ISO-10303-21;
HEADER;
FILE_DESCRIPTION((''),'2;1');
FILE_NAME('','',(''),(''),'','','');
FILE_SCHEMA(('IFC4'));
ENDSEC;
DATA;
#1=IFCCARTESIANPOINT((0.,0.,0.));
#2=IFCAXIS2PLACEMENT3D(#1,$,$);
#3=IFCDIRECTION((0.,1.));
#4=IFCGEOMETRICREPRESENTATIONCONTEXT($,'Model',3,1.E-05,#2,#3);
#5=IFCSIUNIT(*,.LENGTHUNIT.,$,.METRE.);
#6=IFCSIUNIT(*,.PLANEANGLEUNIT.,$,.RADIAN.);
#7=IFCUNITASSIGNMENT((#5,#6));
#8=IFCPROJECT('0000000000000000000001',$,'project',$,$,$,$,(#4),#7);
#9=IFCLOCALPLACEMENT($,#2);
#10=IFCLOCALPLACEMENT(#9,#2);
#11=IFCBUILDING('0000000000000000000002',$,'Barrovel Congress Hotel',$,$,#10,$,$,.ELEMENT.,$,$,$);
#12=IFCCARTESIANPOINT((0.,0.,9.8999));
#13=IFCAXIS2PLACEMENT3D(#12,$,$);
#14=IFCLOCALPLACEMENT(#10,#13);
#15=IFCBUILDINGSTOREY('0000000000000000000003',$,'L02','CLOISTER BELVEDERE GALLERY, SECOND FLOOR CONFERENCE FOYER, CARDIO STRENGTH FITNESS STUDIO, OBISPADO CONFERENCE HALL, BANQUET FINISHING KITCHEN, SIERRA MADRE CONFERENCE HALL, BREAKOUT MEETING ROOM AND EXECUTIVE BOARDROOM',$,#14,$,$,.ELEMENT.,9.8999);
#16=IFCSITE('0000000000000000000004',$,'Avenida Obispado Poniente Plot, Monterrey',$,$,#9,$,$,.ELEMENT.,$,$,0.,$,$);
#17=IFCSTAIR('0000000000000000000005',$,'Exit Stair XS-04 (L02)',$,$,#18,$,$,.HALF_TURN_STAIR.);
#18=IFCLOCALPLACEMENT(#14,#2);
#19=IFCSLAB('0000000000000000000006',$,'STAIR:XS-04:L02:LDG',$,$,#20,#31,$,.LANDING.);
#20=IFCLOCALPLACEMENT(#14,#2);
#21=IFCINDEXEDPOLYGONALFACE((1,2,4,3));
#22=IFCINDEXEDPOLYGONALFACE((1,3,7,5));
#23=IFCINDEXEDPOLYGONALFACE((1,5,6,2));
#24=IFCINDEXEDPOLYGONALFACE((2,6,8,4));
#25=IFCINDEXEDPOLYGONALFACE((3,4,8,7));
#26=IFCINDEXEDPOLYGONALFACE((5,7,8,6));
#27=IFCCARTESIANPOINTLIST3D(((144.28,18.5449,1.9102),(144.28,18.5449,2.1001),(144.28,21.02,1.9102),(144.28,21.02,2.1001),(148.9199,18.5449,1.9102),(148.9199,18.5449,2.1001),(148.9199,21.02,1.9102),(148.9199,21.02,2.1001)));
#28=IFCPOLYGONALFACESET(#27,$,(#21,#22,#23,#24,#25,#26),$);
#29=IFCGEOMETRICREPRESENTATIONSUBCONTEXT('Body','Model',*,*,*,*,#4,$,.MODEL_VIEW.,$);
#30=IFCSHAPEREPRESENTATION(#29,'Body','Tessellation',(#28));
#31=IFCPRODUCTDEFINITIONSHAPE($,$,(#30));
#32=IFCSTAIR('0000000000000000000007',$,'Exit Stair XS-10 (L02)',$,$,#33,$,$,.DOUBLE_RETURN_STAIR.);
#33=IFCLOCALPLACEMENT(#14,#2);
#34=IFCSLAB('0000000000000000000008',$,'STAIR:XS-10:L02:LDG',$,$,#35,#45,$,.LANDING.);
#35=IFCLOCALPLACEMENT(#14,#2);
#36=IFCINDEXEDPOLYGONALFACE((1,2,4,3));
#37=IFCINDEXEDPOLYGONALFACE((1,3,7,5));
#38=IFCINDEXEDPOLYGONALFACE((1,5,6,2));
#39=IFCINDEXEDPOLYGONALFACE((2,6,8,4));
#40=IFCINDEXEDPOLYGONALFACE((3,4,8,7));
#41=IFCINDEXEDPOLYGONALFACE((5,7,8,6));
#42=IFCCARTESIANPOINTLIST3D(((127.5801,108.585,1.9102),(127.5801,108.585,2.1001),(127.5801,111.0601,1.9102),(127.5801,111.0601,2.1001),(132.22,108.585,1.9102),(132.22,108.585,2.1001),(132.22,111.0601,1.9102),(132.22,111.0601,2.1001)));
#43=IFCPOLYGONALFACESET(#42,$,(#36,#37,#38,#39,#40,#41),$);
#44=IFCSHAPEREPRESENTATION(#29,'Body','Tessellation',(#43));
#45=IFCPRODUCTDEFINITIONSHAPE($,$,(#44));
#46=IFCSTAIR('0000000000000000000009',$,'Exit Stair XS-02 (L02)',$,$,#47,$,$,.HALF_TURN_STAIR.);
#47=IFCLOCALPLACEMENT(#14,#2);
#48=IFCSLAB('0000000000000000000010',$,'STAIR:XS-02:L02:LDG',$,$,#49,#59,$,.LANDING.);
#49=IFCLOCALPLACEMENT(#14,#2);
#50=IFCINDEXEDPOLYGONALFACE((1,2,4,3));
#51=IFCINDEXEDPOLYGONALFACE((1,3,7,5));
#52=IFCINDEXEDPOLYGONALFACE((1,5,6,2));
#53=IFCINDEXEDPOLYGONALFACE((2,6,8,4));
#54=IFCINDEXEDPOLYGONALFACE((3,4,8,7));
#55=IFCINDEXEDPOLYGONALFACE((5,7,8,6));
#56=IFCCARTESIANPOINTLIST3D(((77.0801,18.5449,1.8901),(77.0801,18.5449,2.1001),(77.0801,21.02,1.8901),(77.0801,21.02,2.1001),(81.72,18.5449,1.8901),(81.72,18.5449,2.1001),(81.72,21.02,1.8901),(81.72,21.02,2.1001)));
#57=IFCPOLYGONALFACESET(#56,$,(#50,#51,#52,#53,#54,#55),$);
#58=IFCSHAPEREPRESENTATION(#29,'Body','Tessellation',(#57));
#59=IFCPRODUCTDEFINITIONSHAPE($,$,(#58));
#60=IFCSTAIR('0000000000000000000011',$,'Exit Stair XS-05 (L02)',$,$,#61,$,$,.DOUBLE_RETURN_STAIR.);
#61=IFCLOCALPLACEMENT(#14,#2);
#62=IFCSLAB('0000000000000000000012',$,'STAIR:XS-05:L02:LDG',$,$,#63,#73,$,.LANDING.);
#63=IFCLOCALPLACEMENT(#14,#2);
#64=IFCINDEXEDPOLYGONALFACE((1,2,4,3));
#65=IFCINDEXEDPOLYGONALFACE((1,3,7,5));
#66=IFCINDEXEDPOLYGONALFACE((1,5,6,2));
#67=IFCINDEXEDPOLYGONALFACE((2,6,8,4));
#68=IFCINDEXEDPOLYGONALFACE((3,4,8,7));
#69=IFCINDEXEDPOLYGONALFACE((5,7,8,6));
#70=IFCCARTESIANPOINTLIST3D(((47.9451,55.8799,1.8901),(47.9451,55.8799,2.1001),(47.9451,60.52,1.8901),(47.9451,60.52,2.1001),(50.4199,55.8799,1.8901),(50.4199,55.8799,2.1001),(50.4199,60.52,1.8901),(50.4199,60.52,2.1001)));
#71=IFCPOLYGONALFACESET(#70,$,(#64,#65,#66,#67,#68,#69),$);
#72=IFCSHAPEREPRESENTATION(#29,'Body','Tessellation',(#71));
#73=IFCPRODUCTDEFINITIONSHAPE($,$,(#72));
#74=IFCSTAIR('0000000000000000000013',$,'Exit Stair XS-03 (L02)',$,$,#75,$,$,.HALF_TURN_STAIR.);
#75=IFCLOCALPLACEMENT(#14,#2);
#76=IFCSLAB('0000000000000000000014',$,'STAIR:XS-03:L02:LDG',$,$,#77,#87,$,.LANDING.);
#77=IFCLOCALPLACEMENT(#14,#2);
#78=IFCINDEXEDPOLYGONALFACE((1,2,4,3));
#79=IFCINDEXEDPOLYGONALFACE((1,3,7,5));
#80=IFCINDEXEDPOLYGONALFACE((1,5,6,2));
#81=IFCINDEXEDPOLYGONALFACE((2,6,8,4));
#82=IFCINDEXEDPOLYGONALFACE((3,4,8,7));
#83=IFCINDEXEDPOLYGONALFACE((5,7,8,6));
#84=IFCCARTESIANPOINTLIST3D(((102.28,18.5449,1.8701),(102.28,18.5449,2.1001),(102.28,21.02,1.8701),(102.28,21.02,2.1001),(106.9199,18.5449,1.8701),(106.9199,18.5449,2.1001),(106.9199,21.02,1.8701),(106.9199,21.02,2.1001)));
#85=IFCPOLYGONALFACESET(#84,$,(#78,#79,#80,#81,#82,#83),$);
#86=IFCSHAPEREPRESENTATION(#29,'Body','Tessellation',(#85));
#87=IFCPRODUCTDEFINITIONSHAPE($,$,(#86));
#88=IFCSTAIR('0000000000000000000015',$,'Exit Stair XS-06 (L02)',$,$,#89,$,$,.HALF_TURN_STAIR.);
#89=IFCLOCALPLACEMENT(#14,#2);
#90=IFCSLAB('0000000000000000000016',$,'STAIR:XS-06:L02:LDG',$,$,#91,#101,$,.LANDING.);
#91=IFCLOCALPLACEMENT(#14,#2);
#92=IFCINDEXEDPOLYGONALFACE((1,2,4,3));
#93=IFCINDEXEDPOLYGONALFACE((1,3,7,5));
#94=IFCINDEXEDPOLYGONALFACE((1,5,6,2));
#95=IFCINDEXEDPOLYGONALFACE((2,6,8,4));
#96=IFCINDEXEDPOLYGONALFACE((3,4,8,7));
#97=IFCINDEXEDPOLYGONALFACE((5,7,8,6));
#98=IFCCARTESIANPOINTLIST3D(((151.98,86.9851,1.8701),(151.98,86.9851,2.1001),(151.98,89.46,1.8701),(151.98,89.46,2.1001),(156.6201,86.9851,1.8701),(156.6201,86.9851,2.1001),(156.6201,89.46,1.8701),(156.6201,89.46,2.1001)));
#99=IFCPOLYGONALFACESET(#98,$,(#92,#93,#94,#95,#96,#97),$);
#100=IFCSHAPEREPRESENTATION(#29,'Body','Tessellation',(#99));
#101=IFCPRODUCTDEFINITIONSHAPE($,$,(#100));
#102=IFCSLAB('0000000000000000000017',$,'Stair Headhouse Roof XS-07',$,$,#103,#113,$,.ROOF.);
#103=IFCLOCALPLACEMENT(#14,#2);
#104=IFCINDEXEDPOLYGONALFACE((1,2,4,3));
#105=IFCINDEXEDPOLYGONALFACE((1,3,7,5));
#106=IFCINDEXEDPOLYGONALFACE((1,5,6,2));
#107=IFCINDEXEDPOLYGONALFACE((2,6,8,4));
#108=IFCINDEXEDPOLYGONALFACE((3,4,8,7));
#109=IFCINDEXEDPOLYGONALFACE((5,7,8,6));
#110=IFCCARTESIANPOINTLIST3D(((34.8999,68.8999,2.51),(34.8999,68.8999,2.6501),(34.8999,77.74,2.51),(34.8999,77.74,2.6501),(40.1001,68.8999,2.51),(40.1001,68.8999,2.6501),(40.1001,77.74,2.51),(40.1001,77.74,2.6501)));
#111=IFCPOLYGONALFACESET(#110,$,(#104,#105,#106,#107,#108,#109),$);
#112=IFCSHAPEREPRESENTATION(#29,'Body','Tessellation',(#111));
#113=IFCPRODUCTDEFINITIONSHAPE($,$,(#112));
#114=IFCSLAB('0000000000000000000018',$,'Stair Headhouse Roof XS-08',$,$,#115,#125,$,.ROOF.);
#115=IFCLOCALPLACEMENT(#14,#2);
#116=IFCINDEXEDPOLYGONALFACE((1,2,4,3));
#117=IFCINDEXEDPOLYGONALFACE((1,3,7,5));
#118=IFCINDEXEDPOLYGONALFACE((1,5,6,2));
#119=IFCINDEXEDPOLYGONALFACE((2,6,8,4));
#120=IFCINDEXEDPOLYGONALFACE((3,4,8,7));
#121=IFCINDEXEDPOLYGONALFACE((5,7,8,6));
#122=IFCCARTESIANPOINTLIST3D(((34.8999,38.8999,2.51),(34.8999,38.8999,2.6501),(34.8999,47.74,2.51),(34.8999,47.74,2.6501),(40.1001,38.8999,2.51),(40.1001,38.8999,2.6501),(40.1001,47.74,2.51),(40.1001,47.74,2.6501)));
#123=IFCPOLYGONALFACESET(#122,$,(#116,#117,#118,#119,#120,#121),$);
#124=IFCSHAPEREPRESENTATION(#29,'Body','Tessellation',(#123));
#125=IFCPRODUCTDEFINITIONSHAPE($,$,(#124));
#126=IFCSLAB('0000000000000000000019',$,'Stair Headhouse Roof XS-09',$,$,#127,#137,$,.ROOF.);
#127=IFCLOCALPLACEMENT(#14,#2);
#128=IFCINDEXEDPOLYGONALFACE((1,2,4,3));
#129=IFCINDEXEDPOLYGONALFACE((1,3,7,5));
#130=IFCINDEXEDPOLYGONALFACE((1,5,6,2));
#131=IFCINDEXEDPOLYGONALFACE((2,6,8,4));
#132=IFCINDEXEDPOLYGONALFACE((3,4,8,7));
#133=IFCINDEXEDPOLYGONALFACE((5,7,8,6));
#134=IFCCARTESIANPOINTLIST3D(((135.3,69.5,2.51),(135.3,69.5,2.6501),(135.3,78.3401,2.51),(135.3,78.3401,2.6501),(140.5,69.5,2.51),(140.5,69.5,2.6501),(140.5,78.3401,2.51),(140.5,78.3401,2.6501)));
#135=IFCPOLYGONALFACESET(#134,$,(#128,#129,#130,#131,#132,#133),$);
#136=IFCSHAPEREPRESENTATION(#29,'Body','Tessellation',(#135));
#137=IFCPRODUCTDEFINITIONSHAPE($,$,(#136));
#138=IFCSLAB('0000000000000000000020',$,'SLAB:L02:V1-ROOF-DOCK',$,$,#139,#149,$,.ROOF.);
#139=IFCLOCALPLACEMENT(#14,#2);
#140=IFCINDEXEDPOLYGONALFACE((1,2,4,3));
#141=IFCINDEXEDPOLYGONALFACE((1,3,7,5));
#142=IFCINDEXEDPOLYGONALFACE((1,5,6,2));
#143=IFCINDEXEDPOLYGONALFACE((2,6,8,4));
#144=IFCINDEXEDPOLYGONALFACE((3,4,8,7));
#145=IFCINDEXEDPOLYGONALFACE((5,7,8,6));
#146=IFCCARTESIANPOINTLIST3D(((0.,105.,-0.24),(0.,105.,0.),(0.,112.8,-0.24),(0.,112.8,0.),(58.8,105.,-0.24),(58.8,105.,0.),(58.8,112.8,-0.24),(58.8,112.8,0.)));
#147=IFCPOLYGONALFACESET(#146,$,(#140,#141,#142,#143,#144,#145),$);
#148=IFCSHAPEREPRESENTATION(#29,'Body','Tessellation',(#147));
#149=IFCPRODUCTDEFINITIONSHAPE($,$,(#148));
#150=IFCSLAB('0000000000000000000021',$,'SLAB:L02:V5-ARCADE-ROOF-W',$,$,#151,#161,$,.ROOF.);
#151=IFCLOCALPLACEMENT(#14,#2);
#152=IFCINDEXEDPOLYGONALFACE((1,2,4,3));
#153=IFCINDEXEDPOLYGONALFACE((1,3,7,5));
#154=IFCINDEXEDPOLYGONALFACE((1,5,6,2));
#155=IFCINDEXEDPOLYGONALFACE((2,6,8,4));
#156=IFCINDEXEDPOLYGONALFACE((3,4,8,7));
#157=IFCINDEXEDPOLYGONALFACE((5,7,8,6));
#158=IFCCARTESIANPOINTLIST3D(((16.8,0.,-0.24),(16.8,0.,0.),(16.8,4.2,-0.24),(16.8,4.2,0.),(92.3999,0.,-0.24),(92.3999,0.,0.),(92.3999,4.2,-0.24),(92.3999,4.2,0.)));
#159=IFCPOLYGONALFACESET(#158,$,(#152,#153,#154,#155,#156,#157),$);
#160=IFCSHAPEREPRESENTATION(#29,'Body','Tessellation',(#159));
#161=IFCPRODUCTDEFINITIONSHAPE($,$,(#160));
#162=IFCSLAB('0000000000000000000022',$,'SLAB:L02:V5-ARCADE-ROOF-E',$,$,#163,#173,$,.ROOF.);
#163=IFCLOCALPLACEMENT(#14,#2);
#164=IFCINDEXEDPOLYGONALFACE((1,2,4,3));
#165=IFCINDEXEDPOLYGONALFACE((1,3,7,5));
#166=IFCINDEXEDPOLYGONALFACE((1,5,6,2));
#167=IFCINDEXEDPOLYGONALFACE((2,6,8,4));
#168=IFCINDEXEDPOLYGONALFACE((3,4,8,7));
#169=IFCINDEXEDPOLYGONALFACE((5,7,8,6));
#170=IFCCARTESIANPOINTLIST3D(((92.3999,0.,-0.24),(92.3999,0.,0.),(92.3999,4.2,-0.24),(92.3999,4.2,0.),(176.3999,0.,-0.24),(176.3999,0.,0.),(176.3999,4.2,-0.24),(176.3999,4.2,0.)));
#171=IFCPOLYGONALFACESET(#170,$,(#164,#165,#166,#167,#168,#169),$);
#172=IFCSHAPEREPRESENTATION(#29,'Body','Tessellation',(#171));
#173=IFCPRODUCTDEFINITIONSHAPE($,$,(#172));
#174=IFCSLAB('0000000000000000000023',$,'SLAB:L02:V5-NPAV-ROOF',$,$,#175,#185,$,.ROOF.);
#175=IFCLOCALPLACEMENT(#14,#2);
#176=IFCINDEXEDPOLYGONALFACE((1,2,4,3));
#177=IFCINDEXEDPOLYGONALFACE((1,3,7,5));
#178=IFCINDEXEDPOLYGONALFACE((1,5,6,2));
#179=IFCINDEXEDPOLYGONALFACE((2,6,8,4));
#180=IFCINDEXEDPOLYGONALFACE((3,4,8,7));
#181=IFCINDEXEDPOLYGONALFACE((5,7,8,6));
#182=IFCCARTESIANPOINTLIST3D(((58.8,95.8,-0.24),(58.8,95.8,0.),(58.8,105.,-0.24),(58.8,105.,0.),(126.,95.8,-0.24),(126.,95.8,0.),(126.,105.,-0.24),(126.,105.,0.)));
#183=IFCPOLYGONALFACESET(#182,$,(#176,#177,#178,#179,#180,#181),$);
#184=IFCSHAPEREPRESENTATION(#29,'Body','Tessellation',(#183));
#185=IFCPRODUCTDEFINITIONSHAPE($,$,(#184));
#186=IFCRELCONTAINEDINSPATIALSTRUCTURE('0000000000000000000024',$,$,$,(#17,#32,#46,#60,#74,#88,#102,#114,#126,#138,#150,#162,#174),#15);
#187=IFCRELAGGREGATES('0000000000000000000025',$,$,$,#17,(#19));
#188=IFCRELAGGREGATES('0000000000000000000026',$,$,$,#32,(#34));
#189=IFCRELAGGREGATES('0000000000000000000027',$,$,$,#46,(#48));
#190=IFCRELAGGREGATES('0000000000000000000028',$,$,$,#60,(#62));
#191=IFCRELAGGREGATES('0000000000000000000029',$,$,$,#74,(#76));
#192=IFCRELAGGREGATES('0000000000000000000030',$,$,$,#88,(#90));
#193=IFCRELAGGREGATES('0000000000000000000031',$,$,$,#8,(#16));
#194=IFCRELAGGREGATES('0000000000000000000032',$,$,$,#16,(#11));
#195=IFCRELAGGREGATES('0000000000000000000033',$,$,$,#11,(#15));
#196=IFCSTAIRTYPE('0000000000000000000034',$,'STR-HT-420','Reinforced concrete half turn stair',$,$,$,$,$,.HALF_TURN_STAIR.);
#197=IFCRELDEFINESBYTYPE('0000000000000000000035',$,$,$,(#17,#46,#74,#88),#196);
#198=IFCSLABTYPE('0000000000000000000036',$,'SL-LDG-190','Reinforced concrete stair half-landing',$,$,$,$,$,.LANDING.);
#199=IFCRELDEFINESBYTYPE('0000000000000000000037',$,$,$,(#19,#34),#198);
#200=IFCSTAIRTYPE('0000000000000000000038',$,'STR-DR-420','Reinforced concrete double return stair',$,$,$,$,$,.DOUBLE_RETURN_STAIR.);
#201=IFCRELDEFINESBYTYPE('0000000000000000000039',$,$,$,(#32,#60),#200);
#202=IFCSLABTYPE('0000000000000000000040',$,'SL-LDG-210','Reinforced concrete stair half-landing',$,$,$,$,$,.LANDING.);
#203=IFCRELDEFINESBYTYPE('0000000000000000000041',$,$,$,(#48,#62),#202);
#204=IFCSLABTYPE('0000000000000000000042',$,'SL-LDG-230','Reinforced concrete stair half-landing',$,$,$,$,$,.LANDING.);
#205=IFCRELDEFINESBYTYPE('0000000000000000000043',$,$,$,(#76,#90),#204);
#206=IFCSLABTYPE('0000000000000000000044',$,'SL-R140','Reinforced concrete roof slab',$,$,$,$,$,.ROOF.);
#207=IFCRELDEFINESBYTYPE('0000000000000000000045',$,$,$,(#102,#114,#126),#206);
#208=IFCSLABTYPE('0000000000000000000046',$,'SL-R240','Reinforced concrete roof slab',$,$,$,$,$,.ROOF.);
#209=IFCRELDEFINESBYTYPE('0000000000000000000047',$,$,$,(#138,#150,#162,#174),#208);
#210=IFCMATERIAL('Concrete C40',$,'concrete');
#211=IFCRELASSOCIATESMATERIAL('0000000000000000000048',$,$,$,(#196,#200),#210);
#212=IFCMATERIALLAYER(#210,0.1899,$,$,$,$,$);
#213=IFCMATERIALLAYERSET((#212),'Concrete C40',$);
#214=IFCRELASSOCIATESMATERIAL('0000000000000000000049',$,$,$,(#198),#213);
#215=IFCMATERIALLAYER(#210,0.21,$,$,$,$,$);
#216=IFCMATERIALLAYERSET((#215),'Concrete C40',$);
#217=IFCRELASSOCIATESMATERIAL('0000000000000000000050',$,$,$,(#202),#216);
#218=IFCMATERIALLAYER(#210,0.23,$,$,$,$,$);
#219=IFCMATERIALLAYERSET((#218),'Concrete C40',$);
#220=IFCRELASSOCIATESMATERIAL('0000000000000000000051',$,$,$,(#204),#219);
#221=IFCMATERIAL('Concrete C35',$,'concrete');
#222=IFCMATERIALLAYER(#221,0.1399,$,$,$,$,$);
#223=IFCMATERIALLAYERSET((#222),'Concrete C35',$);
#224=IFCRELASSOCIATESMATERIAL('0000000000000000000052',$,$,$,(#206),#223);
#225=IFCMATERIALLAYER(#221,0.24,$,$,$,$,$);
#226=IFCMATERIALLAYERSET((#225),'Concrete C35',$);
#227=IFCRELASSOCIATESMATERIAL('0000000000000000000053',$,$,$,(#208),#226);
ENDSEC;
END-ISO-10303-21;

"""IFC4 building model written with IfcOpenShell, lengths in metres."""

from ifc_helpers import new_model, si_unit, direction, frame, origin, place, context, subcontext, project, spatial, polyline, outline, extrude, material, layer, layer_set, type_object, element, aggregate, save


model = new_model("IFC4")

# Units and contexts
model_context = context("Model", 3, precision=1e-05, world=origin(), true_north=direction((0.0, 1.0)))
body_context = subcontext(model_context, "Body", "Model", "MODEL_VIEW")
ifc_project = project(units=[si_unit("LENGTHUNIT", "METRE"), si_unit("PLANEANGLEUNIT", "RADIAN")], contexts=[model_context])

# Site, building, storey
site_placement = place(None, origin())
site = spatial("IfcSite", under=ifc_project, at=site_placement, Name="Avenida Obispado Poniente Plot, Monterrey", CompositionType="ELEMENT", RefElevation=0.0)
building_placement = place(site_placement, origin())
building = spatial("IfcBuilding", under=site, at=building_placement, Name="Barrovel Congress Hotel", CompositionType="ELEMENT")
storey_placement = place(building_placement, frame((0.0, 0.0, 9.8999)))
storey = spatial("IfcBuildingStorey", under=building, at=storey_placement, Name="L02", Description="CLOISTER BELVEDERE GALLERY, SECOND FLOOR CONFERENCE FOYER, CARDIO STRENGTH FITNESS STUDIO, OBISPADO CONFERENCE HALL, BANQUET FINISHING KITCHEN, SIERRA MADRE CONFERENCE HALL, BREAKOUT MEETING ROOM AND EXECUTIVE BOARDROOM", CompositionType="ELEMENT", Elevation=9.8999)

# Shared definitions
ifc_material_1 = material(Name="Concrete C35", Category="concrete")

# Stairs, slabs
ifc_material_2 = material(Name="Concrete C40", Category="concrete")
stair_type_1 = type_object("IfcStairType", Name="STR-HT-420", Description="Reinforced concrete half turn stair", PredefinedType="HALF_TURN_STAIR", material=ifc_material_2)
ifc_layer_1 = layer(ifc_material_2, 0.1899)
ifc_layer_set_1 = layer_set([ifc_layer_1], Name="Concrete C40")
slab_type_1 = type_object("IfcSlabType", Name="SL-LDG-190", Description="Reinforced concrete stair half-landing", PredefinedType="LANDING", material=ifc_layer_set_1)
stair_1_placement = place(storey_placement, origin())
stair_1 = element("IfcStair", 1, at=stair_1_placement, inside=storey, type_object=stair_type_1, Name="Exit Stair XS-04 (L02)", PredefinedType="HALF_TURN_STAIR")
slab_1_placement = place(storey_placement, frame((0.0, 0.0, 1.9102)))
slab_1 = element("IfcSlab", 2, at=slab_1_placement, type_object=slab_type_1, Name="STAIR:XS-04:L02:LDG", PredefinedType="LANDING", context=body_context, shape_type="SweptSolid", body=[
    extrude(outline(polyline([(144.28, 18.5449), (148.9199, 18.5449), (148.9199, 21.02), (144.28, 21.02), (144.28, 18.5449)])), origin(), (0.0, 0.0, 1.0), 0.1899),
])
aggregate(stair_1, [slab_1])
stair_type_2 = type_object("IfcStairType", Name="STR-DR-420", Description="Reinforced concrete double return stair", PredefinedType="DOUBLE_RETURN_STAIR", material=ifc_material_2)
stair_2_placement = place(storey_placement, origin())
stair_2 = element("IfcStair", 3, at=stair_2_placement, inside=storey, type_object=stair_type_2, Name="Exit Stair XS-10 (L02)", PredefinedType="DOUBLE_RETURN_STAIR")
slab_2_placement = place(storey_placement, frame((0.0, 0.0, 1.9102)))
slab_2 = element("IfcSlab", 4, at=slab_2_placement, type_object=slab_type_1, Name="STAIR:XS-10:L02:LDG", PredefinedType="LANDING", context=body_context, shape_type="SweptSolid", body=[
    extrude(outline(polyline([(127.5801, 108.585), (132.22, 108.585), (132.22, 111.0601), (127.5801, 111.0601), (127.5801, 108.585)])), origin(), (0.0, 0.0, 1.0), 0.1899),
])
aggregate(stair_2, [slab_2])
stair_3_placement = place(storey_placement, origin())
stair_3 = element("IfcStair", 5, at=stair_3_placement, inside=storey, type_object=stair_type_1, Name="Exit Stair XS-02 (L02)", PredefinedType="HALF_TURN_STAIR")
ifc_layer_2 = layer(ifc_material_2, 0.21)
ifc_layer_set_2 = layer_set([ifc_layer_2], Name="Concrete C40")
slab_type_2 = type_object("IfcSlabType", Name="SL-LDG-210", Description="Reinforced concrete stair half-landing", PredefinedType="LANDING", material=ifc_layer_set_2)
slab_3_placement = place(storey_placement, frame((0.0, 0.0, 1.8901)))
slab_3 = element("IfcSlab", 6, at=slab_3_placement, type_object=slab_type_2, Name="STAIR:XS-02:L02:LDG", PredefinedType="LANDING", context=body_context, shape_type="SweptSolid", body=[
    extrude(outline(polyline([(77.0801, 18.5449), (81.72, 18.5449), (81.72, 21.02), (77.0801, 21.02), (77.0801, 18.5449)])), origin(), (0.0, 0.0, 1.0), 0.21),
])
aggregate(stair_3, [slab_3])
stair_4_placement = place(storey_placement, origin())
stair_4 = element("IfcStair", 7, at=stair_4_placement, inside=storey, type_object=stair_type_2, Name="Exit Stair XS-05 (L02)", PredefinedType="DOUBLE_RETURN_STAIR")
slab_4_placement = place(storey_placement, frame((0.0, 0.0, 1.8901)))
slab_4 = element("IfcSlab", 8, at=slab_4_placement, type_object=slab_type_2, Name="STAIR:XS-05:L02:LDG", PredefinedType="LANDING", context=body_context, shape_type="SweptSolid", body=[
    extrude(outline(polyline([(47.9451, 55.8799), (50.4199, 55.8799), (50.4199, 60.52), (47.9451, 60.52), (47.9451, 55.8799)])), origin(), (0.0, 0.0, 1.0), 0.21),
])
aggregate(stair_4, [slab_4])
stair_5_placement = place(storey_placement, origin())
stair_5 = element("IfcStair", 9, at=stair_5_placement, inside=storey, type_object=stair_type_1, Name="Exit Stair XS-03 (L02)", PredefinedType="HALF_TURN_STAIR")
ifc_layer_3 = layer(ifc_material_2, 0.23)
ifc_layer_set_3 = layer_set([ifc_layer_3], Name="Concrete C40")
slab_type_3 = type_object("IfcSlabType", Name="SL-LDG-230", Description="Reinforced concrete stair half-landing", PredefinedType="LANDING", material=ifc_layer_set_3)
slab_5_placement = place(storey_placement, frame((0.0, 0.0, 1.8701)))
slab_5 = element("IfcSlab", 10, at=slab_5_placement, type_object=slab_type_3, Name="STAIR:XS-03:L02:LDG", PredefinedType="LANDING", context=body_context, shape_type="SweptSolid", body=[
    extrude(outline(polyline([(102.28, 18.5449), (106.9199, 18.5449), (106.9199, 21.02), (102.28, 21.02), (102.28, 18.5449)])), origin(), (0.0, 0.0, 1.0), 0.23),
])
aggregate(stair_5, [slab_5])
stair_6_placement = place(storey_placement, origin())
stair_6 = element("IfcStair", 11, at=stair_6_placement, inside=storey, type_object=stair_type_1, Name="Exit Stair XS-06 (L02)", PredefinedType="HALF_TURN_STAIR")
slab_6_placement = place(storey_placement, frame((0.0, 0.0, 1.8701)))
slab_6 = element("IfcSlab", 12, at=slab_6_placement, type_object=slab_type_3, Name="STAIR:XS-06:L02:LDG", PredefinedType="LANDING", context=body_context, shape_type="SweptSolid", body=[
    extrude(outline(polyline([(151.98, 86.9851), (156.6201, 86.9851), (156.6201, 89.46), (151.98, 89.46), (151.98, 86.9851)])), origin(), (0.0, 0.0, 1.0), 0.23),
])
aggregate(stair_6, [slab_6])

# Slabs
ifc_layer_4 = layer(ifc_material_1, 0.1399)
ifc_layer_set_4 = layer_set([ifc_layer_4], Name="Concrete C35")
slab_type_4 = type_object("IfcSlabType", Name="SL-R140", Description="Reinforced concrete roof slab", PredefinedType="ROOF", material=ifc_layer_set_4)
slab_7_placement = place(storey_placement, frame((0.0, 0.0, 2.51)))
element("IfcSlab", 13, at=slab_7_placement, inside=storey, type_object=slab_type_4, Name="Stair Headhouse Roof XS-07", PredefinedType="ROOF", context=body_context, shape_type="SweptSolid", body=[
    extrude(outline(polyline([(34.8999, 68.8999), (40.1001, 68.8999), (40.1001, 77.74), (34.8999, 77.74), (34.8999, 68.8999)])), origin(), (0.0, 0.0, 1.0), 0.1401),
])
slab_8_placement = place(storey_placement, frame((0.0, 0.0, 2.51)))
element("IfcSlab", 14, at=slab_8_placement, inside=storey, type_object=slab_type_4, Name="Stair Headhouse Roof XS-08", PredefinedType="ROOF", context=body_context, shape_type="SweptSolid", body=[
    extrude(outline(polyline([(34.8999, 38.8999), (40.1001, 38.8999), (40.1001, 47.74), (34.8999, 47.74), (34.8999, 38.8999)])), origin(), (0.0, 0.0, 1.0), 0.1401),
])
slab_9_placement = place(storey_placement, frame((0.0, 0.0, 2.51)))
element("IfcSlab", 15, at=slab_9_placement, inside=storey, type_object=slab_type_4, Name="Stair Headhouse Roof XS-09", PredefinedType="ROOF", context=body_context, shape_type="SweptSolid", body=[
    extrude(outline(polyline([(135.3, 69.5), (140.5, 69.5), (140.5, 78.3401), (135.3, 78.3401), (135.3, 69.5)])), origin(), (0.0, 0.0, 1.0), 0.1401),
])
ifc_layer_5 = layer(ifc_material_1, 0.24)
ifc_layer_set_5 = layer_set([ifc_layer_5], Name="Concrete C35")
slab_type_5 = type_object("IfcSlabType", Name="SL-R240", Description="Reinforced concrete roof slab", PredefinedType="ROOF", material=ifc_layer_set_5)
slab_10_placement = place(storey_placement, frame((0.0, 0.0, -0.24)))
element("IfcSlab", 16, at=slab_10_placement, inside=storey, type_object=slab_type_5, Name="SLAB:L02:V1-ROOF-DOCK", PredefinedType="ROOF", context=body_context, shape_type="SweptSolid", body=[
    extrude(outline(polyline([(0.0, 105.0), (58.8, 105.0), (58.8, 112.8), (0.0, 112.8), (0.0, 105.0)])), origin(), (0.0, 0.0, 1.0), 0.24),
])
slab_11_placement = place(storey_placement, frame((0.0, 0.0, -0.24)))
element("IfcSlab", 17, at=slab_11_placement, inside=storey, type_object=slab_type_5, Name="SLAB:L02:V5-ARCADE-ROOF-W", PredefinedType="ROOF", context=body_context, shape_type="SweptSolid", body=[
    extrude(outline(polyline([(16.8, 0.0), (92.3999, 0.0), (92.3999, 4.2), (16.8, 4.2), (16.8, 0.0)])), origin(), (0.0, 0.0, 1.0), 0.24),
])
slab_12_placement = place(storey_placement, frame((0.0, 0.0, -0.24)))
element("IfcSlab", 18, at=slab_12_placement, inside=storey, type_object=slab_type_5, Name="SLAB:L02:V5-ARCADE-ROOF-E", PredefinedType="ROOF", context=body_context, shape_type="SweptSolid", body=[
    extrude(outline(polyline([(92.3999, 0.0), (176.3999, 0.0), (176.3999, 4.2), (92.3999, 4.2), (92.3999, 0.0)])), origin(), (0.0, 0.0, 1.0), 0.24),
])
slab_13_placement = place(storey_placement, frame((0.0, 0.0, -0.24)))
element("IfcSlab", 19, at=slab_13_placement, inside=storey, type_object=slab_type_5, Name="SLAB:L02:V5-NPAV-ROOF", PredefinedType="ROOF", context=body_context, shape_type="SweptSolid", body=[
    extrude(outline(polyline([(58.8, 95.8), (126.0, 95.8), (126.0, 105.0), (58.8, 105.0), (58.8, 95.8)])), origin(), (0.0, 0.0, 1.0), 0.24),
])

save(model, "model.ifc")
